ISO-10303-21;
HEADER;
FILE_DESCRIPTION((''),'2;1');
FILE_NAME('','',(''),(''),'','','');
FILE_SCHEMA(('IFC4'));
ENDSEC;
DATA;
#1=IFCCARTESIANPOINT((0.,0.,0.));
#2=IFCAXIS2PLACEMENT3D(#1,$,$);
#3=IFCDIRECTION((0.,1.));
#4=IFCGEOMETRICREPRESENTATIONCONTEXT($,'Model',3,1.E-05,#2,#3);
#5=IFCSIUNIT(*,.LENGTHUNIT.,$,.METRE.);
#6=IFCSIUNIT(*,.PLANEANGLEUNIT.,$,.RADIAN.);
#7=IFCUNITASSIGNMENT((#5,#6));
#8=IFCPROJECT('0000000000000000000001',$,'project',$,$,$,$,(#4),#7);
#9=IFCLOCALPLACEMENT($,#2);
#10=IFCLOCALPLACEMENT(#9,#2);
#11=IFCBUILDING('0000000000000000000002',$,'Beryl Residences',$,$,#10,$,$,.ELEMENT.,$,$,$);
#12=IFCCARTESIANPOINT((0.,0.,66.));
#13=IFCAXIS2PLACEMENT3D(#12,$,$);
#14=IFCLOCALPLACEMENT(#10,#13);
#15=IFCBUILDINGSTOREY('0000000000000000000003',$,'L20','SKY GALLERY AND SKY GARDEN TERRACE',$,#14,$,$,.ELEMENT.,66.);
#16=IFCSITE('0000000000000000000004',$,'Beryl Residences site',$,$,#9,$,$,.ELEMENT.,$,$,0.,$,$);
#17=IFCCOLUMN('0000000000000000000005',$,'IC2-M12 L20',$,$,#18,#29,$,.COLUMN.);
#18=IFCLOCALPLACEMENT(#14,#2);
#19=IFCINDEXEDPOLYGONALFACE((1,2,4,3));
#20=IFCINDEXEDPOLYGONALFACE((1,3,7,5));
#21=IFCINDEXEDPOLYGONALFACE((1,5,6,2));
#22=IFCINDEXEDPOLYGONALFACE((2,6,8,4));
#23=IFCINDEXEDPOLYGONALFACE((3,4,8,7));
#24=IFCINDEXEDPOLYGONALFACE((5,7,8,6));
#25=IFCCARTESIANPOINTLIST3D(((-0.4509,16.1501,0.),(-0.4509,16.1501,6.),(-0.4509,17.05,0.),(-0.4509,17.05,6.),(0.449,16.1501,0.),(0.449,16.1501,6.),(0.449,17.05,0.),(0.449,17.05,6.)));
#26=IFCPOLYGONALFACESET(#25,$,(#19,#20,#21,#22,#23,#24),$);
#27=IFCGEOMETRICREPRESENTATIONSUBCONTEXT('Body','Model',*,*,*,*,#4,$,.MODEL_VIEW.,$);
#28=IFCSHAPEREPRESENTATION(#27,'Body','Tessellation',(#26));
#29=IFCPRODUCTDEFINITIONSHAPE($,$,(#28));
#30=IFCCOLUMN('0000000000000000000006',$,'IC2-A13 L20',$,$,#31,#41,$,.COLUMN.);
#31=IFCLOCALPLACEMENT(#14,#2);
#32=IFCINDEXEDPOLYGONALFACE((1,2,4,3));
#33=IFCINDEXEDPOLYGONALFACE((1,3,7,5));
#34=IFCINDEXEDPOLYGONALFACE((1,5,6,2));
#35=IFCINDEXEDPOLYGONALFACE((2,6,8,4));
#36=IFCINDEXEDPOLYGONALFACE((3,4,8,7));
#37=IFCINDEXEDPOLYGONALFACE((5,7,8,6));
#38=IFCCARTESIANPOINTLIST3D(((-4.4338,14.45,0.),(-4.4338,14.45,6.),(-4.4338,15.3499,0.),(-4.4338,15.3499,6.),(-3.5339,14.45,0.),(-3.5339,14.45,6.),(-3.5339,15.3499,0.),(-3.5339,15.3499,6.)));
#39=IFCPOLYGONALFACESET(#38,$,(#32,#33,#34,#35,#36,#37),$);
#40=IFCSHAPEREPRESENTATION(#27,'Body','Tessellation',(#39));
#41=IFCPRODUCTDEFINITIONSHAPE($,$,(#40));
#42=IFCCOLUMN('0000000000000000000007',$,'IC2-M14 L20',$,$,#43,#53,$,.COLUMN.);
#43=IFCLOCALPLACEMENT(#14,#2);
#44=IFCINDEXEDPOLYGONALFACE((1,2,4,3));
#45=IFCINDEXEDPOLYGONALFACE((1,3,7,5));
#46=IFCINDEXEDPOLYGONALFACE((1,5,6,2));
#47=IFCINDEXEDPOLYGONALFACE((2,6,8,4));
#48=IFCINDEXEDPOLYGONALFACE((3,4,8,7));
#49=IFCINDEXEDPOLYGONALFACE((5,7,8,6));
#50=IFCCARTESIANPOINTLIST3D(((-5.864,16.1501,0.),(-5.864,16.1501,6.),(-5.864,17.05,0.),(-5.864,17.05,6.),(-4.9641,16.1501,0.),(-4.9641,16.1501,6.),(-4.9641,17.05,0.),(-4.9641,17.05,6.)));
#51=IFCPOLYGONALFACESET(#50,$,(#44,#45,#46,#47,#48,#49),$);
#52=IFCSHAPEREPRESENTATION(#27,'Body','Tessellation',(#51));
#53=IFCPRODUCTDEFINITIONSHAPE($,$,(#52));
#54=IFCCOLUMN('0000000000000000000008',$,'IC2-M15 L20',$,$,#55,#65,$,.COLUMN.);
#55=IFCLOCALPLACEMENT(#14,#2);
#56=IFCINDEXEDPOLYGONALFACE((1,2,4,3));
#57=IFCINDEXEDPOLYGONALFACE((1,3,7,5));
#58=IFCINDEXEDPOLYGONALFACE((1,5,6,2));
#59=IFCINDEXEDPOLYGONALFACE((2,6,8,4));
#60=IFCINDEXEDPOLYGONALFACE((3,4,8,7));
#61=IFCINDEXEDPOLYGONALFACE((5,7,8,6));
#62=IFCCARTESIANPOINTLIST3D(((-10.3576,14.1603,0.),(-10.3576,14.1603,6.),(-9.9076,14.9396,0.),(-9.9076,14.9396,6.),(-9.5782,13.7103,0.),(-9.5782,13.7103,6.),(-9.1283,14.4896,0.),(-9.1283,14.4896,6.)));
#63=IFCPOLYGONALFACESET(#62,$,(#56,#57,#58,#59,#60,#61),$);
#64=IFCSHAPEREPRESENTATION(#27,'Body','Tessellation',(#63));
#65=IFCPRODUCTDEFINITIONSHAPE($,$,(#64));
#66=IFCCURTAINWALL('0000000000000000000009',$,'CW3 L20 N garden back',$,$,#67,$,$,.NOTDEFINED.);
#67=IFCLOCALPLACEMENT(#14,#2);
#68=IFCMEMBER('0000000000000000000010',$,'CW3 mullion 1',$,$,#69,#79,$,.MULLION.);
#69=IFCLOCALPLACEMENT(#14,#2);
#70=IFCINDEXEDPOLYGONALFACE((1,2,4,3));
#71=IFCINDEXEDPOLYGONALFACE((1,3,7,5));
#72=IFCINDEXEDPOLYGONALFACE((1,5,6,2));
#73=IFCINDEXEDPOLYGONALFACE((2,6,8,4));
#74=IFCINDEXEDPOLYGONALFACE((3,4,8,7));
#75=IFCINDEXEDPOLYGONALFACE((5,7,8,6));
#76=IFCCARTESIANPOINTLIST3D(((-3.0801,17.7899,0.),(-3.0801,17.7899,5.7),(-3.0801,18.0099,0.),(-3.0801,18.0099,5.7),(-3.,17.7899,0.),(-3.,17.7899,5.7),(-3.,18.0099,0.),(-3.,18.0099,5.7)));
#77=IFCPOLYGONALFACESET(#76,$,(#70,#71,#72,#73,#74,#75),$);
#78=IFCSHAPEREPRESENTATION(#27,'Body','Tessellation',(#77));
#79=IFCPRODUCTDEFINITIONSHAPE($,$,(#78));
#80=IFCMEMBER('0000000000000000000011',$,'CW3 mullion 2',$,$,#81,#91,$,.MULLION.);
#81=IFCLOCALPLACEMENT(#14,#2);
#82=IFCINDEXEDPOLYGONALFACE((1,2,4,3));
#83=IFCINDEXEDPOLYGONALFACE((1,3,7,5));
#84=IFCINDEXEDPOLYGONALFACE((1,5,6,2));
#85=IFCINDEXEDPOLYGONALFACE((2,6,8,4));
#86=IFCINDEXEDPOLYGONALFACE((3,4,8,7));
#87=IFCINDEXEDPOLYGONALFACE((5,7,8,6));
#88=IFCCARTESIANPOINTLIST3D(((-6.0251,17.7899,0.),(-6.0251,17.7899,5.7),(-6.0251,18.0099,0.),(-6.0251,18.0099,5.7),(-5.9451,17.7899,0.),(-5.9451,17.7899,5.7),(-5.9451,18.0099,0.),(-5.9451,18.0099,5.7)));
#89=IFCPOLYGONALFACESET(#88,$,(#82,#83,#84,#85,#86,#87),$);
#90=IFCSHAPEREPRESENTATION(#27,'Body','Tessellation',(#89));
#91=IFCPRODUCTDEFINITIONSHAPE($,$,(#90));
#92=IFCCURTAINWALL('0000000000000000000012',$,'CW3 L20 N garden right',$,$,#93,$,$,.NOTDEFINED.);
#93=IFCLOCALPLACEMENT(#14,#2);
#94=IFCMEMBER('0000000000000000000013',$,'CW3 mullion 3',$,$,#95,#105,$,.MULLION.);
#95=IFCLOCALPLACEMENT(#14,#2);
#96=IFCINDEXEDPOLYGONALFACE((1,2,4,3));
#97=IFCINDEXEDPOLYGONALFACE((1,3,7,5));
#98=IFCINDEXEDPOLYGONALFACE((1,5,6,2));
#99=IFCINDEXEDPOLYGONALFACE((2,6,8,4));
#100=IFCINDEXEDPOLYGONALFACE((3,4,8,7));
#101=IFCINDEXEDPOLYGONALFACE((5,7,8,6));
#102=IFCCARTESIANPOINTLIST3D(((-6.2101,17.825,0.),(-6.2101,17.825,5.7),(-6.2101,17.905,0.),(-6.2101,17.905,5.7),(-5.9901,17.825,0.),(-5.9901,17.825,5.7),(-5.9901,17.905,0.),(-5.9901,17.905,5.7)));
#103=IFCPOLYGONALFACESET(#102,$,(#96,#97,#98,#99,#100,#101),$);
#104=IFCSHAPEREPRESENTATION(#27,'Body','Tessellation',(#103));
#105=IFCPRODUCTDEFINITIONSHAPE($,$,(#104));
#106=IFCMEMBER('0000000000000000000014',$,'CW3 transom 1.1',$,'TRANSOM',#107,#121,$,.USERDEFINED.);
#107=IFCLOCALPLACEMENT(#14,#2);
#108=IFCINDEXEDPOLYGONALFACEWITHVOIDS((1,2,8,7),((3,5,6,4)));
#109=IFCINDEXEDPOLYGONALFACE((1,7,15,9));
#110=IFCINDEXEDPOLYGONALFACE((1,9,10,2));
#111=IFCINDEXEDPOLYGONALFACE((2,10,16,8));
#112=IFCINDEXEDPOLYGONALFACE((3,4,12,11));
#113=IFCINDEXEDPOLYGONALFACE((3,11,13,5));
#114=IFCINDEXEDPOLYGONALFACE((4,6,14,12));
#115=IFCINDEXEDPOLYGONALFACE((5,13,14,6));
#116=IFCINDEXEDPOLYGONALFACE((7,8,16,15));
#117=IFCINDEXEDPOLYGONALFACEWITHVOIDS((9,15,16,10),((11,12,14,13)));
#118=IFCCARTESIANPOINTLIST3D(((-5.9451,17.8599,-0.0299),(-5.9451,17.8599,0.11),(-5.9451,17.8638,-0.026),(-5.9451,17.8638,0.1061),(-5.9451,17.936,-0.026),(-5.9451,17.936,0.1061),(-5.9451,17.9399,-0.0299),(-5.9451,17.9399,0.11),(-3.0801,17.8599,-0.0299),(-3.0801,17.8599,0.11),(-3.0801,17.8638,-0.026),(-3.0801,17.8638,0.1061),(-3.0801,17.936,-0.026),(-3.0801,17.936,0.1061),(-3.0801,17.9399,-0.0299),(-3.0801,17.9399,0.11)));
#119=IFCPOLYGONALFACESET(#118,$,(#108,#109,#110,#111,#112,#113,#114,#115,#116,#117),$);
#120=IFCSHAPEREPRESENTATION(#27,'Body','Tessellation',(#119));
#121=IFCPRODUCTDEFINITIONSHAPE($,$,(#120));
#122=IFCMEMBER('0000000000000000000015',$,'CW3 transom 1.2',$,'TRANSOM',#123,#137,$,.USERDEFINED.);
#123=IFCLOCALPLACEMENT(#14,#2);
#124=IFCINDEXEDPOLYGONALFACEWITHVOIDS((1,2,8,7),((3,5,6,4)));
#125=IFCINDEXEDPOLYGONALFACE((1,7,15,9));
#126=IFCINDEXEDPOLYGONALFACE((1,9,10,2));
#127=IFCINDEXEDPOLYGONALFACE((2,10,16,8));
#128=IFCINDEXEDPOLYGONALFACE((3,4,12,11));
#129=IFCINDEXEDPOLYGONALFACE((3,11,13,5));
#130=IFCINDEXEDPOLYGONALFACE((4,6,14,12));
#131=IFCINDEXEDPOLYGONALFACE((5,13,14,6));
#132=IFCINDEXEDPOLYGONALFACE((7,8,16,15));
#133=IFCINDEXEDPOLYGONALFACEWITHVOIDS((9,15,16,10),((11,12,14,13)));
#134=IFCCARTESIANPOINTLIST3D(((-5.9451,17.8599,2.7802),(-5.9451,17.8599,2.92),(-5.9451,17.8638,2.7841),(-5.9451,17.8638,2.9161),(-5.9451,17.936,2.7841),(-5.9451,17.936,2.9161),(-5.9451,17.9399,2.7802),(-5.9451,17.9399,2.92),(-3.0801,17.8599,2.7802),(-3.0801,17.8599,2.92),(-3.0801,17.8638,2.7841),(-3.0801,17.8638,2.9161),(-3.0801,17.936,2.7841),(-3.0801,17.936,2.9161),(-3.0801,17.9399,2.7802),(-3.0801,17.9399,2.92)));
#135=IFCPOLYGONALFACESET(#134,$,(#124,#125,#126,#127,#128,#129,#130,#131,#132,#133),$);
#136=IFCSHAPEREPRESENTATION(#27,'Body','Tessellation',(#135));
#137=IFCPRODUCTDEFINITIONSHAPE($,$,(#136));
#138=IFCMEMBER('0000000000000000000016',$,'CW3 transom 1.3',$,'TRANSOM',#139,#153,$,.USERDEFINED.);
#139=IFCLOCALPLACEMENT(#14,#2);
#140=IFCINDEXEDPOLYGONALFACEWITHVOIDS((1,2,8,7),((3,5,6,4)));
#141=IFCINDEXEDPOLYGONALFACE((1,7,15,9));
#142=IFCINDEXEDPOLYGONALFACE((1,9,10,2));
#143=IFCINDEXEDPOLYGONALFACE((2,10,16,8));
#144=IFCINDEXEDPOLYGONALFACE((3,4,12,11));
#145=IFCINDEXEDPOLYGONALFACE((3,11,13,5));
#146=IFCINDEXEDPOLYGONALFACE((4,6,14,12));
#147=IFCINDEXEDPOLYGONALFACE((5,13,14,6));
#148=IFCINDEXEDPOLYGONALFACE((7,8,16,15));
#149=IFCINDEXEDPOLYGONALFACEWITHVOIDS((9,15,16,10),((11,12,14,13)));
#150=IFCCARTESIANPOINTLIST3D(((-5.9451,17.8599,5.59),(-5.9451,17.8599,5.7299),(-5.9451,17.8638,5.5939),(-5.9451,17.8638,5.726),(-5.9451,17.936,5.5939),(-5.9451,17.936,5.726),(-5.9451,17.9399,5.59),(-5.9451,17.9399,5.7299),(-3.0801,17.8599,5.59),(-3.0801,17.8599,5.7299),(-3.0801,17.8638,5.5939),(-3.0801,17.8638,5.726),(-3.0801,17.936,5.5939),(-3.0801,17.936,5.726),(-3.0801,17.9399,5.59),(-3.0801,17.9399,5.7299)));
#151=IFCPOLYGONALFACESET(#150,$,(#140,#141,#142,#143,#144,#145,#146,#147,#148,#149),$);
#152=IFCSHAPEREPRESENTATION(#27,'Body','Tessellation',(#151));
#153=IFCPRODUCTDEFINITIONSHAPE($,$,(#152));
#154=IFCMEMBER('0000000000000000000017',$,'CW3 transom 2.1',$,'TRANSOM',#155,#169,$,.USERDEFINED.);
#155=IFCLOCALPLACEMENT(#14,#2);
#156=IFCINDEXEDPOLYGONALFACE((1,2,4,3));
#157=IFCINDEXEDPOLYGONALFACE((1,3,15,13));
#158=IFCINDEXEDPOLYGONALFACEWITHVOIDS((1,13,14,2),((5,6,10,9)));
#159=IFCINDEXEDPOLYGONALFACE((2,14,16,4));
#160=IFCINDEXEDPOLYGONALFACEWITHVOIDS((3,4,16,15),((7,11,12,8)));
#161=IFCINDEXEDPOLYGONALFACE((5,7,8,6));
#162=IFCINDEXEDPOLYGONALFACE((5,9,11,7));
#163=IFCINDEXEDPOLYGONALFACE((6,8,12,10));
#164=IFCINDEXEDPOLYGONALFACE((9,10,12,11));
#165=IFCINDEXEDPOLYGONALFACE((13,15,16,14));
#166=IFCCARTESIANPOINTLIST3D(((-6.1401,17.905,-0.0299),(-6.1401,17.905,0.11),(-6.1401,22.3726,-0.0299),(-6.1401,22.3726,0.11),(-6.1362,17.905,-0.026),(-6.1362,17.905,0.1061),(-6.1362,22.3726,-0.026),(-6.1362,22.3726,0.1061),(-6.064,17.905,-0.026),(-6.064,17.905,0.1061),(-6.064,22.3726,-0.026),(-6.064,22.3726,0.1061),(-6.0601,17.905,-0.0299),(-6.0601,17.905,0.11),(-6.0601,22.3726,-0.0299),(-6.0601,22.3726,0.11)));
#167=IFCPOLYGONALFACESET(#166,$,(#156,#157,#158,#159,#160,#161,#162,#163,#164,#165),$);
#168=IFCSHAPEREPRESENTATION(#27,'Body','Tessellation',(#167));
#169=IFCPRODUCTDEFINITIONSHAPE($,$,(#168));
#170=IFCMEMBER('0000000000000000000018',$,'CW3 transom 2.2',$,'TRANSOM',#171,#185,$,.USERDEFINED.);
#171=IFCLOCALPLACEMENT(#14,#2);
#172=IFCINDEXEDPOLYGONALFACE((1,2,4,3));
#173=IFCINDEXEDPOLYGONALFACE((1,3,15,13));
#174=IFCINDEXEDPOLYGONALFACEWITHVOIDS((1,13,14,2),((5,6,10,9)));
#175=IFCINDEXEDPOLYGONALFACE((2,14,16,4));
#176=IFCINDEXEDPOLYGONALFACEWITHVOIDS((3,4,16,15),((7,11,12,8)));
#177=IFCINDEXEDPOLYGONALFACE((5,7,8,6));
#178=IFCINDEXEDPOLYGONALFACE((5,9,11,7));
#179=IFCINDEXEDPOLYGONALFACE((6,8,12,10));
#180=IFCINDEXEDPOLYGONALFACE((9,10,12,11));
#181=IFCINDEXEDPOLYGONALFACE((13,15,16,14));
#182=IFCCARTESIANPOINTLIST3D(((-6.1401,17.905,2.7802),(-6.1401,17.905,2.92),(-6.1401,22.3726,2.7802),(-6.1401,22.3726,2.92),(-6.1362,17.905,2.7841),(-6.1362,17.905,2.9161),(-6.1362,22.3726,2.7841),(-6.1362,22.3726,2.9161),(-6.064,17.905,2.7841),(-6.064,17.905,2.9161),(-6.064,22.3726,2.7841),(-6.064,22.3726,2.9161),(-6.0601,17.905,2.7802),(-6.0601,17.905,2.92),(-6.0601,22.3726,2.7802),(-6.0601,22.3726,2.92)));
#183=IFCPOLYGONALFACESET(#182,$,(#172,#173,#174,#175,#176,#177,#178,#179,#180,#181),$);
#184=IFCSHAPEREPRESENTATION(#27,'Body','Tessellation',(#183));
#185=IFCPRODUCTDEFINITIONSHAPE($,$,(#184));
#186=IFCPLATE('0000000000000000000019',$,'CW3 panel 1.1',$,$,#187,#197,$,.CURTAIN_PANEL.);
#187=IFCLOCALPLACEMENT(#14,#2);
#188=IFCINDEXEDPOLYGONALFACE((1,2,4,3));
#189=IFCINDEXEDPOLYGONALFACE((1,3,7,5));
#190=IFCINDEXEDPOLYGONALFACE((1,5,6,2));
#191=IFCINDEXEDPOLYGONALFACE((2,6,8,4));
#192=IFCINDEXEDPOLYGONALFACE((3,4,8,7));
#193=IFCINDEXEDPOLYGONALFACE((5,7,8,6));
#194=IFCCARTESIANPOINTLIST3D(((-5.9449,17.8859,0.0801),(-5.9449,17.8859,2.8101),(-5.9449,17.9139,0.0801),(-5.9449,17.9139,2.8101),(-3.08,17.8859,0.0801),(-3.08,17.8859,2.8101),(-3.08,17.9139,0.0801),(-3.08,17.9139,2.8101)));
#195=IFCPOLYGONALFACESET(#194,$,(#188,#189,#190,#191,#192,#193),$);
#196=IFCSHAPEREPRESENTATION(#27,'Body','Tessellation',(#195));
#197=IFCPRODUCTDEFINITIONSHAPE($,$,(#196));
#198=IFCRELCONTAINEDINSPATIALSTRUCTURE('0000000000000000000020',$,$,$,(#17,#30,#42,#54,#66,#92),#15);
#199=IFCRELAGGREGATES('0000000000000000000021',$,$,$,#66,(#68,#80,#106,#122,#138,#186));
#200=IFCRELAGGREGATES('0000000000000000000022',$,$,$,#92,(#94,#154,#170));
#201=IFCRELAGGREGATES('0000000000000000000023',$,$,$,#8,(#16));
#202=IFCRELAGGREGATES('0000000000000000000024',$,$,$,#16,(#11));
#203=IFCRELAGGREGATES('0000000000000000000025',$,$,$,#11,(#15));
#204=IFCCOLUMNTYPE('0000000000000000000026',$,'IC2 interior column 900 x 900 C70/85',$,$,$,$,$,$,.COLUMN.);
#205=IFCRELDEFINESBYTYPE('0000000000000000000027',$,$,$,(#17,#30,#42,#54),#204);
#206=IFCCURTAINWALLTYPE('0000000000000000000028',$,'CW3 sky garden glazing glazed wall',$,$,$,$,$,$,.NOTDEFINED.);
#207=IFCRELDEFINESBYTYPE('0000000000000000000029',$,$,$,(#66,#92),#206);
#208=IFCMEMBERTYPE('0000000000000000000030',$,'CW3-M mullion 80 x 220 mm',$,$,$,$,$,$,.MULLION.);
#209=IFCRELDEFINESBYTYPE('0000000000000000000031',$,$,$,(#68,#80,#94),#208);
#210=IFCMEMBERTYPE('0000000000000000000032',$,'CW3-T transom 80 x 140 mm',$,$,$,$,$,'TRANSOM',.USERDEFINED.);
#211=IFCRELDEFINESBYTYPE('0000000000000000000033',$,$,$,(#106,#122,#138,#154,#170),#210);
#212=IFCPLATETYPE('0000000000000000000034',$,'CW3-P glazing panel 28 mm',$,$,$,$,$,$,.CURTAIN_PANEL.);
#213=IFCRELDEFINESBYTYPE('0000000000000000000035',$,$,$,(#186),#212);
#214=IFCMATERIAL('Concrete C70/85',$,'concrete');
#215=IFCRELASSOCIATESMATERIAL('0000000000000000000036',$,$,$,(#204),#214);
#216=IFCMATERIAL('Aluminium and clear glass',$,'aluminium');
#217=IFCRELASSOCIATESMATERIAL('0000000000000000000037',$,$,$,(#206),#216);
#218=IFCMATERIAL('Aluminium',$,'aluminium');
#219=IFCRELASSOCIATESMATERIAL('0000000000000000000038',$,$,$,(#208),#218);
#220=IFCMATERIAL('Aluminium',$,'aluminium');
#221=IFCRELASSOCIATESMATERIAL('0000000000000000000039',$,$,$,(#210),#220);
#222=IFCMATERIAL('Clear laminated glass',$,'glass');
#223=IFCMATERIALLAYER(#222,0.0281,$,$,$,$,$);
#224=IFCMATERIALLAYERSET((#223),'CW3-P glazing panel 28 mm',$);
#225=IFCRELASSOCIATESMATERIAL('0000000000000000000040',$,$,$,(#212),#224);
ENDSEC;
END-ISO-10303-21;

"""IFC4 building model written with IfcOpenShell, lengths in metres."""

from ifc_helpers import new_model, si_unit, direction, frame, origin, origin_2d, place, context, subcontext, project, spatial, rectangle, hollow_rectangle, extrude, material, layer, layer_set, material_profile, profile_set, type_object, element, aggregate, save


model = new_model("IFC4")

# Units and contexts
model_context = context("Model", 3, precision=1e-05, world=origin(), true_north=direction((0.0, 1.0)))
body_context = subcontext(model_context, "Body", "Model", "MODEL_VIEW")
ifc_project = project(units=[si_unit("LENGTHUNIT", "METRE"), si_unit("PLANEANGLEUNIT", "RADIAN")], contexts=[model_context])

# Site, building, storey
site_placement = place(None, origin())
site = spatial("IfcSite", under=ifc_project, at=site_placement, Name="Beryl Residences site", CompositionType="ELEMENT", RefElevation=0.0)
building_placement = place(site_placement, origin())
building = spatial("IfcBuilding", under=site, at=building_placement, Name="Beryl Residences", CompositionType="ELEMENT")
storey_placement = place(building_placement, frame((0.0, 0.0, 66.0)))
storey = spatial("IfcBuildingStorey", under=building, at=storey_placement, Name="L20", Description="SKY GALLERY AND SKY GARDEN TERRACE", CompositionType="ELEMENT", Elevation=66.0)

# Columns
ifc_material_1 = material(Name="Concrete C70/85", Category="concrete")
ifc_material_profile_1 = material_profile(ifc_material_1, rectangle(XDim=0.8999, YDim=0.8999, at=origin_2d()))
ifc_profile_set_1 = profile_set([ifc_material_profile_1], Name="Concrete C70/85")
column_type = type_object("IfcColumnType", Name="IC2 interior column 900 x 900 C70/85", PredefinedType="COLUMN", material=ifc_profile_set_1)
for number, where, z_axis, x_axis, name in (
    (1, (-0.001, 16.6001, 0.0), (0.0, 0.0, 1.0), (-1.0, 0.0, 0.0), "IC2-M12 L20"),
    (2, (-3.9839, 14.8999, 0.0), (0.0, 0.0, 1.0), (1.0, 0.0, 0.0), "IC2-A13 L20"),
    (3, (-5.4141, 16.6001, 0.0), (0.0, 0.0, 1.0), (-1.0, 0.0, 0.0), "IC2-M14 L20"),
    (4, (-9.7429, 14.325, 0.0), (0.0, 0.0, 1.0), (-0.5, -0.866025, 0.0), "IC2-M15 L20"),
):
    element("IfcColumn", number, at=place(storey_placement, frame(where, z_axis=z_axis, x_axis=x_axis)), inside=storey, type_object=column_type, Name=name, PredefinedType="COLUMN", context=body_context, shape_type="SweptSolid", body=[
        extrude(rectangle(XDim=0.8999, YDim=0.8999, at=origin_2d()), origin(), (0.0, 0.0, 1.0), 6.0),
    ])

# Curtain wall, members
ifc_material_2 = material(Name="Aluminium and clear glass", Category="aluminium")
curtain_wall_type = type_object("IfcCurtainWallType", Name="CW3 sky garden glazing glazed wall", PredefinedType="NOTDEFINED", material=ifc_material_2)
curtain_wall_1_placement = place(storey_placement, origin())
curtain_wall_1 = element("IfcCurtainWall", 5, at=curtain_wall_1_placement, inside=storey, type_object=curtain_wall_type, Name="CW3 L20 N garden back", PredefinedType="NOTDEFINED")
ifc_material_3 = material(Name="Aluminium", Category="aluminium")
ifc_material_profile_2 = material_profile(ifc_material_3, rectangle(XDim=0.0801, YDim=0.22, at=origin_2d()))
ifc_profile_set_2 = profile_set([ifc_material_profile_2], Name="Aluminium")
member_type_1 = type_object("IfcMemberType", Name="CW3-M mullion 80 x 220 mm", PredefinedType="MULLION", material=ifc_profile_set_2)
member_1_placement = place(storey_placement, frame((-3.04, 17.8999, 0.0), z_axis=(0.0, 0.0, 1.0), x_axis=(-1.0, 0.0, 0.0)))
member_1 = element("IfcMember", 6, at=member_1_placement, type_object=member_type_1, Name="CW3 mullion 1", PredefinedType="MULLION", context=body_context, shape_type="SweptSolid", body=[
    extrude(rectangle(XDim=0.0801, YDim=0.22, at=origin_2d()), origin(), (0.0, 0.0, 1.0), 5.7),
])
member_2_placement = place(storey_placement, frame((-5.9851, 17.8999, 0.0), z_axis=(0.0, 0.0, 1.0), x_axis=(-1.0, 0.0, 0.0)))
member_2 = element("IfcMember", 7, at=member_2_placement, type_object=member_type_1, Name="CW3 mullion 2", PredefinedType="MULLION", context=body_context, shape_type="SweptSolid", body=[
    extrude(rectangle(XDim=0.0801, YDim=0.22, at=origin_2d()), origin(), (0.0, 0.0, 1.0), 5.7),
])

# Curtain wall, member
curtain_wall_2_placement = place(storey_placement, origin())
curtain_wall_2 = element("IfcCurtainWall", 8, at=curtain_wall_2_placement, inside=storey, type_object=curtain_wall_type, Name="CW3 L20 N garden right", PredefinedType="NOTDEFINED")
member_3_placement = place(storey_placement, frame((-6.1001, 17.865, 0.0), z_axis=(0.0, 0.0, 1.0), x_axis=(0.0, -1.0, 0.0)))
member_3 = element("IfcMember", 9, at=member_3_placement, type_object=member_type_1, Name="CW3 mullion 3", PredefinedType="MULLION", context=body_context, shape_type="SweptSolid", body=[
    extrude(rectangle(XDim=0.0801, YDim=0.22, at=origin_2d()), origin(), (0.0, 0.0, 1.0), 5.7),
])

# Members
ifc_material_4 = material(Name="Aluminium", Category="aluminium")
ifc_material_profile_3 = material_profile(ifc_material_4, hollow_rectangle(XDim=0.0801, YDim=0.1399, WallThickness=0.0039, at=origin_2d()))
ifc_profile_set_3 = profile_set([ifc_material_profile_3], Name="Aluminium")
member_type_2 = type_object("IfcMemberType", Name="CW3-T transom 80 x 140 mm", ElementType="TRANSOM", PredefinedType="USERDEFINED", material=ifc_profile_set_3)
member_4_placement = place(storey_placement, frame((-3.0801, 17.8999, 0.04), z_axis=(-1.0, 0.0, 0.0), x_axis=(0.0, -1.0, 0.0)))
member_4 = element("IfcMember", 10, at=member_4_placement, type_object=member_type_2, Name="CW3 transom 1.1", ObjectType="TRANSOM", PredefinedType="USERDEFINED", context=body_context, shape_type="SweptSolid", body=[
    extrude(hollow_rectangle(XDim=0.0801, YDim=0.1399, WallThickness=0.0039, at=origin_2d()), origin(), (0.0, 0.0, 1.0), 2.865),
])
member_5_placement = place(storey_placement, frame((-3.0801, 17.8999, 2.8501), z_axis=(-1.0, 0.0, 0.0), x_axis=(0.0, -1.0, 0.0)))
member_5 = element("IfcMember", 11, at=member_5_placement, type_object=member_type_2, Name="CW3 transom 1.2", ObjectType="TRANSOM", PredefinedType="USERDEFINED", context=body_context, shape_type="SweptSolid", body=[
    extrude(hollow_rectangle(XDim=0.0801, YDim=0.1399, WallThickness=0.0039, at=origin_2d()), origin(), (0.0, 0.0, 1.0), 2.865),
])
member_6_placement = place(storey_placement, frame((-3.0801, 17.8999, 5.6599), z_axis=(-1.0, 0.0, 0.0), x_axis=(0.0, -1.0, 0.0)))
member_6 = element("IfcMember", 12, at=member_6_placement, type_object=member_type_2, Name="CW3 transom 1.3", ObjectType="TRANSOM", PredefinedType="USERDEFINED", context=body_context, shape_type="SweptSolid", body=[
    extrude(hollow_rectangle(XDim=0.0801, YDim=0.1399, WallThickness=0.0039, at=origin_2d()), origin(), (0.0, 0.0, 1.0), 2.865),
])
member_7_placement = place(storey_placement, frame((-6.1001, 22.3726, 0.04), z_axis=(0.0, -1.0, 0.0), x_axis=(1.0, 0.0, 0.0)))
member_7 = element("IfcMember", 13, at=member_7_placement, type_object=member_type_2, Name="CW3 transom 2.1", ObjectType="TRANSOM", PredefinedType="USERDEFINED", context=body_context, shape_type="SweptSolid", body=[
    extrude(hollow_rectangle(XDim=0.0801, YDim=0.1399, WallThickness=0.0039, at=origin_2d()), origin(), (0.0, 0.0, 1.0), 4.4675),
])
member_8_placement = place(storey_placement, frame((-6.1001, 22.3726, 2.8501), z_axis=(0.0, -1.0, 0.0), x_axis=(1.0, 0.0, 0.0)))
member_8 = element("IfcMember", 14, at=member_8_placement, type_object=member_type_2, Name="CW3 transom 2.2", ObjectType="TRANSOM", PredefinedType="USERDEFINED", context=body_context, shape_type="SweptSolid", body=[
    extrude(hollow_rectangle(XDim=0.0801, YDim=0.1399, WallThickness=0.0039, at=origin_2d()), origin(), (0.0, 0.0, 1.0), 4.4675),
])

# Plate
ifc_material_5 = material(Name="Clear laminated glass", Category="glass")
ifc_layer_1 = layer(ifc_material_5, 0.0281)
ifc_layer_set_1 = layer_set([ifc_layer_1], Name="CW3-P glazing panel 28 mm")
plate_type = type_object("IfcPlateType", Name="CW3-P glazing panel 28 mm", PredefinedType="CURTAIN_PANEL", material=ifc_layer_set_1)
plate_1_placement = place(storey_placement, frame((-4.5125, 17.8999, 0.0801), z_axis=(0.0, 0.0, 1.0), x_axis=(-1.0, 0.0, 0.0)))
plate_1 = element("IfcPlate", 15, at=plate_1_placement, type_object=plate_type, Name="CW3 panel 1.1", PredefinedType="CURTAIN_PANEL", context=body_context, shape_type="SweptSolid", body=[
    extrude(rectangle(XDim=2.865, YDim=0.0281, at=origin_2d()), origin(), (0.0, 0.0, 1.0), 2.73),
])
aggregate(curtain_wall_1, [member_1, member_2, member_4, member_5, member_6, plate_1])
aggregate(curtain_wall_2, [member_3, member_7, member_8])

save(model, "model.ifc")
